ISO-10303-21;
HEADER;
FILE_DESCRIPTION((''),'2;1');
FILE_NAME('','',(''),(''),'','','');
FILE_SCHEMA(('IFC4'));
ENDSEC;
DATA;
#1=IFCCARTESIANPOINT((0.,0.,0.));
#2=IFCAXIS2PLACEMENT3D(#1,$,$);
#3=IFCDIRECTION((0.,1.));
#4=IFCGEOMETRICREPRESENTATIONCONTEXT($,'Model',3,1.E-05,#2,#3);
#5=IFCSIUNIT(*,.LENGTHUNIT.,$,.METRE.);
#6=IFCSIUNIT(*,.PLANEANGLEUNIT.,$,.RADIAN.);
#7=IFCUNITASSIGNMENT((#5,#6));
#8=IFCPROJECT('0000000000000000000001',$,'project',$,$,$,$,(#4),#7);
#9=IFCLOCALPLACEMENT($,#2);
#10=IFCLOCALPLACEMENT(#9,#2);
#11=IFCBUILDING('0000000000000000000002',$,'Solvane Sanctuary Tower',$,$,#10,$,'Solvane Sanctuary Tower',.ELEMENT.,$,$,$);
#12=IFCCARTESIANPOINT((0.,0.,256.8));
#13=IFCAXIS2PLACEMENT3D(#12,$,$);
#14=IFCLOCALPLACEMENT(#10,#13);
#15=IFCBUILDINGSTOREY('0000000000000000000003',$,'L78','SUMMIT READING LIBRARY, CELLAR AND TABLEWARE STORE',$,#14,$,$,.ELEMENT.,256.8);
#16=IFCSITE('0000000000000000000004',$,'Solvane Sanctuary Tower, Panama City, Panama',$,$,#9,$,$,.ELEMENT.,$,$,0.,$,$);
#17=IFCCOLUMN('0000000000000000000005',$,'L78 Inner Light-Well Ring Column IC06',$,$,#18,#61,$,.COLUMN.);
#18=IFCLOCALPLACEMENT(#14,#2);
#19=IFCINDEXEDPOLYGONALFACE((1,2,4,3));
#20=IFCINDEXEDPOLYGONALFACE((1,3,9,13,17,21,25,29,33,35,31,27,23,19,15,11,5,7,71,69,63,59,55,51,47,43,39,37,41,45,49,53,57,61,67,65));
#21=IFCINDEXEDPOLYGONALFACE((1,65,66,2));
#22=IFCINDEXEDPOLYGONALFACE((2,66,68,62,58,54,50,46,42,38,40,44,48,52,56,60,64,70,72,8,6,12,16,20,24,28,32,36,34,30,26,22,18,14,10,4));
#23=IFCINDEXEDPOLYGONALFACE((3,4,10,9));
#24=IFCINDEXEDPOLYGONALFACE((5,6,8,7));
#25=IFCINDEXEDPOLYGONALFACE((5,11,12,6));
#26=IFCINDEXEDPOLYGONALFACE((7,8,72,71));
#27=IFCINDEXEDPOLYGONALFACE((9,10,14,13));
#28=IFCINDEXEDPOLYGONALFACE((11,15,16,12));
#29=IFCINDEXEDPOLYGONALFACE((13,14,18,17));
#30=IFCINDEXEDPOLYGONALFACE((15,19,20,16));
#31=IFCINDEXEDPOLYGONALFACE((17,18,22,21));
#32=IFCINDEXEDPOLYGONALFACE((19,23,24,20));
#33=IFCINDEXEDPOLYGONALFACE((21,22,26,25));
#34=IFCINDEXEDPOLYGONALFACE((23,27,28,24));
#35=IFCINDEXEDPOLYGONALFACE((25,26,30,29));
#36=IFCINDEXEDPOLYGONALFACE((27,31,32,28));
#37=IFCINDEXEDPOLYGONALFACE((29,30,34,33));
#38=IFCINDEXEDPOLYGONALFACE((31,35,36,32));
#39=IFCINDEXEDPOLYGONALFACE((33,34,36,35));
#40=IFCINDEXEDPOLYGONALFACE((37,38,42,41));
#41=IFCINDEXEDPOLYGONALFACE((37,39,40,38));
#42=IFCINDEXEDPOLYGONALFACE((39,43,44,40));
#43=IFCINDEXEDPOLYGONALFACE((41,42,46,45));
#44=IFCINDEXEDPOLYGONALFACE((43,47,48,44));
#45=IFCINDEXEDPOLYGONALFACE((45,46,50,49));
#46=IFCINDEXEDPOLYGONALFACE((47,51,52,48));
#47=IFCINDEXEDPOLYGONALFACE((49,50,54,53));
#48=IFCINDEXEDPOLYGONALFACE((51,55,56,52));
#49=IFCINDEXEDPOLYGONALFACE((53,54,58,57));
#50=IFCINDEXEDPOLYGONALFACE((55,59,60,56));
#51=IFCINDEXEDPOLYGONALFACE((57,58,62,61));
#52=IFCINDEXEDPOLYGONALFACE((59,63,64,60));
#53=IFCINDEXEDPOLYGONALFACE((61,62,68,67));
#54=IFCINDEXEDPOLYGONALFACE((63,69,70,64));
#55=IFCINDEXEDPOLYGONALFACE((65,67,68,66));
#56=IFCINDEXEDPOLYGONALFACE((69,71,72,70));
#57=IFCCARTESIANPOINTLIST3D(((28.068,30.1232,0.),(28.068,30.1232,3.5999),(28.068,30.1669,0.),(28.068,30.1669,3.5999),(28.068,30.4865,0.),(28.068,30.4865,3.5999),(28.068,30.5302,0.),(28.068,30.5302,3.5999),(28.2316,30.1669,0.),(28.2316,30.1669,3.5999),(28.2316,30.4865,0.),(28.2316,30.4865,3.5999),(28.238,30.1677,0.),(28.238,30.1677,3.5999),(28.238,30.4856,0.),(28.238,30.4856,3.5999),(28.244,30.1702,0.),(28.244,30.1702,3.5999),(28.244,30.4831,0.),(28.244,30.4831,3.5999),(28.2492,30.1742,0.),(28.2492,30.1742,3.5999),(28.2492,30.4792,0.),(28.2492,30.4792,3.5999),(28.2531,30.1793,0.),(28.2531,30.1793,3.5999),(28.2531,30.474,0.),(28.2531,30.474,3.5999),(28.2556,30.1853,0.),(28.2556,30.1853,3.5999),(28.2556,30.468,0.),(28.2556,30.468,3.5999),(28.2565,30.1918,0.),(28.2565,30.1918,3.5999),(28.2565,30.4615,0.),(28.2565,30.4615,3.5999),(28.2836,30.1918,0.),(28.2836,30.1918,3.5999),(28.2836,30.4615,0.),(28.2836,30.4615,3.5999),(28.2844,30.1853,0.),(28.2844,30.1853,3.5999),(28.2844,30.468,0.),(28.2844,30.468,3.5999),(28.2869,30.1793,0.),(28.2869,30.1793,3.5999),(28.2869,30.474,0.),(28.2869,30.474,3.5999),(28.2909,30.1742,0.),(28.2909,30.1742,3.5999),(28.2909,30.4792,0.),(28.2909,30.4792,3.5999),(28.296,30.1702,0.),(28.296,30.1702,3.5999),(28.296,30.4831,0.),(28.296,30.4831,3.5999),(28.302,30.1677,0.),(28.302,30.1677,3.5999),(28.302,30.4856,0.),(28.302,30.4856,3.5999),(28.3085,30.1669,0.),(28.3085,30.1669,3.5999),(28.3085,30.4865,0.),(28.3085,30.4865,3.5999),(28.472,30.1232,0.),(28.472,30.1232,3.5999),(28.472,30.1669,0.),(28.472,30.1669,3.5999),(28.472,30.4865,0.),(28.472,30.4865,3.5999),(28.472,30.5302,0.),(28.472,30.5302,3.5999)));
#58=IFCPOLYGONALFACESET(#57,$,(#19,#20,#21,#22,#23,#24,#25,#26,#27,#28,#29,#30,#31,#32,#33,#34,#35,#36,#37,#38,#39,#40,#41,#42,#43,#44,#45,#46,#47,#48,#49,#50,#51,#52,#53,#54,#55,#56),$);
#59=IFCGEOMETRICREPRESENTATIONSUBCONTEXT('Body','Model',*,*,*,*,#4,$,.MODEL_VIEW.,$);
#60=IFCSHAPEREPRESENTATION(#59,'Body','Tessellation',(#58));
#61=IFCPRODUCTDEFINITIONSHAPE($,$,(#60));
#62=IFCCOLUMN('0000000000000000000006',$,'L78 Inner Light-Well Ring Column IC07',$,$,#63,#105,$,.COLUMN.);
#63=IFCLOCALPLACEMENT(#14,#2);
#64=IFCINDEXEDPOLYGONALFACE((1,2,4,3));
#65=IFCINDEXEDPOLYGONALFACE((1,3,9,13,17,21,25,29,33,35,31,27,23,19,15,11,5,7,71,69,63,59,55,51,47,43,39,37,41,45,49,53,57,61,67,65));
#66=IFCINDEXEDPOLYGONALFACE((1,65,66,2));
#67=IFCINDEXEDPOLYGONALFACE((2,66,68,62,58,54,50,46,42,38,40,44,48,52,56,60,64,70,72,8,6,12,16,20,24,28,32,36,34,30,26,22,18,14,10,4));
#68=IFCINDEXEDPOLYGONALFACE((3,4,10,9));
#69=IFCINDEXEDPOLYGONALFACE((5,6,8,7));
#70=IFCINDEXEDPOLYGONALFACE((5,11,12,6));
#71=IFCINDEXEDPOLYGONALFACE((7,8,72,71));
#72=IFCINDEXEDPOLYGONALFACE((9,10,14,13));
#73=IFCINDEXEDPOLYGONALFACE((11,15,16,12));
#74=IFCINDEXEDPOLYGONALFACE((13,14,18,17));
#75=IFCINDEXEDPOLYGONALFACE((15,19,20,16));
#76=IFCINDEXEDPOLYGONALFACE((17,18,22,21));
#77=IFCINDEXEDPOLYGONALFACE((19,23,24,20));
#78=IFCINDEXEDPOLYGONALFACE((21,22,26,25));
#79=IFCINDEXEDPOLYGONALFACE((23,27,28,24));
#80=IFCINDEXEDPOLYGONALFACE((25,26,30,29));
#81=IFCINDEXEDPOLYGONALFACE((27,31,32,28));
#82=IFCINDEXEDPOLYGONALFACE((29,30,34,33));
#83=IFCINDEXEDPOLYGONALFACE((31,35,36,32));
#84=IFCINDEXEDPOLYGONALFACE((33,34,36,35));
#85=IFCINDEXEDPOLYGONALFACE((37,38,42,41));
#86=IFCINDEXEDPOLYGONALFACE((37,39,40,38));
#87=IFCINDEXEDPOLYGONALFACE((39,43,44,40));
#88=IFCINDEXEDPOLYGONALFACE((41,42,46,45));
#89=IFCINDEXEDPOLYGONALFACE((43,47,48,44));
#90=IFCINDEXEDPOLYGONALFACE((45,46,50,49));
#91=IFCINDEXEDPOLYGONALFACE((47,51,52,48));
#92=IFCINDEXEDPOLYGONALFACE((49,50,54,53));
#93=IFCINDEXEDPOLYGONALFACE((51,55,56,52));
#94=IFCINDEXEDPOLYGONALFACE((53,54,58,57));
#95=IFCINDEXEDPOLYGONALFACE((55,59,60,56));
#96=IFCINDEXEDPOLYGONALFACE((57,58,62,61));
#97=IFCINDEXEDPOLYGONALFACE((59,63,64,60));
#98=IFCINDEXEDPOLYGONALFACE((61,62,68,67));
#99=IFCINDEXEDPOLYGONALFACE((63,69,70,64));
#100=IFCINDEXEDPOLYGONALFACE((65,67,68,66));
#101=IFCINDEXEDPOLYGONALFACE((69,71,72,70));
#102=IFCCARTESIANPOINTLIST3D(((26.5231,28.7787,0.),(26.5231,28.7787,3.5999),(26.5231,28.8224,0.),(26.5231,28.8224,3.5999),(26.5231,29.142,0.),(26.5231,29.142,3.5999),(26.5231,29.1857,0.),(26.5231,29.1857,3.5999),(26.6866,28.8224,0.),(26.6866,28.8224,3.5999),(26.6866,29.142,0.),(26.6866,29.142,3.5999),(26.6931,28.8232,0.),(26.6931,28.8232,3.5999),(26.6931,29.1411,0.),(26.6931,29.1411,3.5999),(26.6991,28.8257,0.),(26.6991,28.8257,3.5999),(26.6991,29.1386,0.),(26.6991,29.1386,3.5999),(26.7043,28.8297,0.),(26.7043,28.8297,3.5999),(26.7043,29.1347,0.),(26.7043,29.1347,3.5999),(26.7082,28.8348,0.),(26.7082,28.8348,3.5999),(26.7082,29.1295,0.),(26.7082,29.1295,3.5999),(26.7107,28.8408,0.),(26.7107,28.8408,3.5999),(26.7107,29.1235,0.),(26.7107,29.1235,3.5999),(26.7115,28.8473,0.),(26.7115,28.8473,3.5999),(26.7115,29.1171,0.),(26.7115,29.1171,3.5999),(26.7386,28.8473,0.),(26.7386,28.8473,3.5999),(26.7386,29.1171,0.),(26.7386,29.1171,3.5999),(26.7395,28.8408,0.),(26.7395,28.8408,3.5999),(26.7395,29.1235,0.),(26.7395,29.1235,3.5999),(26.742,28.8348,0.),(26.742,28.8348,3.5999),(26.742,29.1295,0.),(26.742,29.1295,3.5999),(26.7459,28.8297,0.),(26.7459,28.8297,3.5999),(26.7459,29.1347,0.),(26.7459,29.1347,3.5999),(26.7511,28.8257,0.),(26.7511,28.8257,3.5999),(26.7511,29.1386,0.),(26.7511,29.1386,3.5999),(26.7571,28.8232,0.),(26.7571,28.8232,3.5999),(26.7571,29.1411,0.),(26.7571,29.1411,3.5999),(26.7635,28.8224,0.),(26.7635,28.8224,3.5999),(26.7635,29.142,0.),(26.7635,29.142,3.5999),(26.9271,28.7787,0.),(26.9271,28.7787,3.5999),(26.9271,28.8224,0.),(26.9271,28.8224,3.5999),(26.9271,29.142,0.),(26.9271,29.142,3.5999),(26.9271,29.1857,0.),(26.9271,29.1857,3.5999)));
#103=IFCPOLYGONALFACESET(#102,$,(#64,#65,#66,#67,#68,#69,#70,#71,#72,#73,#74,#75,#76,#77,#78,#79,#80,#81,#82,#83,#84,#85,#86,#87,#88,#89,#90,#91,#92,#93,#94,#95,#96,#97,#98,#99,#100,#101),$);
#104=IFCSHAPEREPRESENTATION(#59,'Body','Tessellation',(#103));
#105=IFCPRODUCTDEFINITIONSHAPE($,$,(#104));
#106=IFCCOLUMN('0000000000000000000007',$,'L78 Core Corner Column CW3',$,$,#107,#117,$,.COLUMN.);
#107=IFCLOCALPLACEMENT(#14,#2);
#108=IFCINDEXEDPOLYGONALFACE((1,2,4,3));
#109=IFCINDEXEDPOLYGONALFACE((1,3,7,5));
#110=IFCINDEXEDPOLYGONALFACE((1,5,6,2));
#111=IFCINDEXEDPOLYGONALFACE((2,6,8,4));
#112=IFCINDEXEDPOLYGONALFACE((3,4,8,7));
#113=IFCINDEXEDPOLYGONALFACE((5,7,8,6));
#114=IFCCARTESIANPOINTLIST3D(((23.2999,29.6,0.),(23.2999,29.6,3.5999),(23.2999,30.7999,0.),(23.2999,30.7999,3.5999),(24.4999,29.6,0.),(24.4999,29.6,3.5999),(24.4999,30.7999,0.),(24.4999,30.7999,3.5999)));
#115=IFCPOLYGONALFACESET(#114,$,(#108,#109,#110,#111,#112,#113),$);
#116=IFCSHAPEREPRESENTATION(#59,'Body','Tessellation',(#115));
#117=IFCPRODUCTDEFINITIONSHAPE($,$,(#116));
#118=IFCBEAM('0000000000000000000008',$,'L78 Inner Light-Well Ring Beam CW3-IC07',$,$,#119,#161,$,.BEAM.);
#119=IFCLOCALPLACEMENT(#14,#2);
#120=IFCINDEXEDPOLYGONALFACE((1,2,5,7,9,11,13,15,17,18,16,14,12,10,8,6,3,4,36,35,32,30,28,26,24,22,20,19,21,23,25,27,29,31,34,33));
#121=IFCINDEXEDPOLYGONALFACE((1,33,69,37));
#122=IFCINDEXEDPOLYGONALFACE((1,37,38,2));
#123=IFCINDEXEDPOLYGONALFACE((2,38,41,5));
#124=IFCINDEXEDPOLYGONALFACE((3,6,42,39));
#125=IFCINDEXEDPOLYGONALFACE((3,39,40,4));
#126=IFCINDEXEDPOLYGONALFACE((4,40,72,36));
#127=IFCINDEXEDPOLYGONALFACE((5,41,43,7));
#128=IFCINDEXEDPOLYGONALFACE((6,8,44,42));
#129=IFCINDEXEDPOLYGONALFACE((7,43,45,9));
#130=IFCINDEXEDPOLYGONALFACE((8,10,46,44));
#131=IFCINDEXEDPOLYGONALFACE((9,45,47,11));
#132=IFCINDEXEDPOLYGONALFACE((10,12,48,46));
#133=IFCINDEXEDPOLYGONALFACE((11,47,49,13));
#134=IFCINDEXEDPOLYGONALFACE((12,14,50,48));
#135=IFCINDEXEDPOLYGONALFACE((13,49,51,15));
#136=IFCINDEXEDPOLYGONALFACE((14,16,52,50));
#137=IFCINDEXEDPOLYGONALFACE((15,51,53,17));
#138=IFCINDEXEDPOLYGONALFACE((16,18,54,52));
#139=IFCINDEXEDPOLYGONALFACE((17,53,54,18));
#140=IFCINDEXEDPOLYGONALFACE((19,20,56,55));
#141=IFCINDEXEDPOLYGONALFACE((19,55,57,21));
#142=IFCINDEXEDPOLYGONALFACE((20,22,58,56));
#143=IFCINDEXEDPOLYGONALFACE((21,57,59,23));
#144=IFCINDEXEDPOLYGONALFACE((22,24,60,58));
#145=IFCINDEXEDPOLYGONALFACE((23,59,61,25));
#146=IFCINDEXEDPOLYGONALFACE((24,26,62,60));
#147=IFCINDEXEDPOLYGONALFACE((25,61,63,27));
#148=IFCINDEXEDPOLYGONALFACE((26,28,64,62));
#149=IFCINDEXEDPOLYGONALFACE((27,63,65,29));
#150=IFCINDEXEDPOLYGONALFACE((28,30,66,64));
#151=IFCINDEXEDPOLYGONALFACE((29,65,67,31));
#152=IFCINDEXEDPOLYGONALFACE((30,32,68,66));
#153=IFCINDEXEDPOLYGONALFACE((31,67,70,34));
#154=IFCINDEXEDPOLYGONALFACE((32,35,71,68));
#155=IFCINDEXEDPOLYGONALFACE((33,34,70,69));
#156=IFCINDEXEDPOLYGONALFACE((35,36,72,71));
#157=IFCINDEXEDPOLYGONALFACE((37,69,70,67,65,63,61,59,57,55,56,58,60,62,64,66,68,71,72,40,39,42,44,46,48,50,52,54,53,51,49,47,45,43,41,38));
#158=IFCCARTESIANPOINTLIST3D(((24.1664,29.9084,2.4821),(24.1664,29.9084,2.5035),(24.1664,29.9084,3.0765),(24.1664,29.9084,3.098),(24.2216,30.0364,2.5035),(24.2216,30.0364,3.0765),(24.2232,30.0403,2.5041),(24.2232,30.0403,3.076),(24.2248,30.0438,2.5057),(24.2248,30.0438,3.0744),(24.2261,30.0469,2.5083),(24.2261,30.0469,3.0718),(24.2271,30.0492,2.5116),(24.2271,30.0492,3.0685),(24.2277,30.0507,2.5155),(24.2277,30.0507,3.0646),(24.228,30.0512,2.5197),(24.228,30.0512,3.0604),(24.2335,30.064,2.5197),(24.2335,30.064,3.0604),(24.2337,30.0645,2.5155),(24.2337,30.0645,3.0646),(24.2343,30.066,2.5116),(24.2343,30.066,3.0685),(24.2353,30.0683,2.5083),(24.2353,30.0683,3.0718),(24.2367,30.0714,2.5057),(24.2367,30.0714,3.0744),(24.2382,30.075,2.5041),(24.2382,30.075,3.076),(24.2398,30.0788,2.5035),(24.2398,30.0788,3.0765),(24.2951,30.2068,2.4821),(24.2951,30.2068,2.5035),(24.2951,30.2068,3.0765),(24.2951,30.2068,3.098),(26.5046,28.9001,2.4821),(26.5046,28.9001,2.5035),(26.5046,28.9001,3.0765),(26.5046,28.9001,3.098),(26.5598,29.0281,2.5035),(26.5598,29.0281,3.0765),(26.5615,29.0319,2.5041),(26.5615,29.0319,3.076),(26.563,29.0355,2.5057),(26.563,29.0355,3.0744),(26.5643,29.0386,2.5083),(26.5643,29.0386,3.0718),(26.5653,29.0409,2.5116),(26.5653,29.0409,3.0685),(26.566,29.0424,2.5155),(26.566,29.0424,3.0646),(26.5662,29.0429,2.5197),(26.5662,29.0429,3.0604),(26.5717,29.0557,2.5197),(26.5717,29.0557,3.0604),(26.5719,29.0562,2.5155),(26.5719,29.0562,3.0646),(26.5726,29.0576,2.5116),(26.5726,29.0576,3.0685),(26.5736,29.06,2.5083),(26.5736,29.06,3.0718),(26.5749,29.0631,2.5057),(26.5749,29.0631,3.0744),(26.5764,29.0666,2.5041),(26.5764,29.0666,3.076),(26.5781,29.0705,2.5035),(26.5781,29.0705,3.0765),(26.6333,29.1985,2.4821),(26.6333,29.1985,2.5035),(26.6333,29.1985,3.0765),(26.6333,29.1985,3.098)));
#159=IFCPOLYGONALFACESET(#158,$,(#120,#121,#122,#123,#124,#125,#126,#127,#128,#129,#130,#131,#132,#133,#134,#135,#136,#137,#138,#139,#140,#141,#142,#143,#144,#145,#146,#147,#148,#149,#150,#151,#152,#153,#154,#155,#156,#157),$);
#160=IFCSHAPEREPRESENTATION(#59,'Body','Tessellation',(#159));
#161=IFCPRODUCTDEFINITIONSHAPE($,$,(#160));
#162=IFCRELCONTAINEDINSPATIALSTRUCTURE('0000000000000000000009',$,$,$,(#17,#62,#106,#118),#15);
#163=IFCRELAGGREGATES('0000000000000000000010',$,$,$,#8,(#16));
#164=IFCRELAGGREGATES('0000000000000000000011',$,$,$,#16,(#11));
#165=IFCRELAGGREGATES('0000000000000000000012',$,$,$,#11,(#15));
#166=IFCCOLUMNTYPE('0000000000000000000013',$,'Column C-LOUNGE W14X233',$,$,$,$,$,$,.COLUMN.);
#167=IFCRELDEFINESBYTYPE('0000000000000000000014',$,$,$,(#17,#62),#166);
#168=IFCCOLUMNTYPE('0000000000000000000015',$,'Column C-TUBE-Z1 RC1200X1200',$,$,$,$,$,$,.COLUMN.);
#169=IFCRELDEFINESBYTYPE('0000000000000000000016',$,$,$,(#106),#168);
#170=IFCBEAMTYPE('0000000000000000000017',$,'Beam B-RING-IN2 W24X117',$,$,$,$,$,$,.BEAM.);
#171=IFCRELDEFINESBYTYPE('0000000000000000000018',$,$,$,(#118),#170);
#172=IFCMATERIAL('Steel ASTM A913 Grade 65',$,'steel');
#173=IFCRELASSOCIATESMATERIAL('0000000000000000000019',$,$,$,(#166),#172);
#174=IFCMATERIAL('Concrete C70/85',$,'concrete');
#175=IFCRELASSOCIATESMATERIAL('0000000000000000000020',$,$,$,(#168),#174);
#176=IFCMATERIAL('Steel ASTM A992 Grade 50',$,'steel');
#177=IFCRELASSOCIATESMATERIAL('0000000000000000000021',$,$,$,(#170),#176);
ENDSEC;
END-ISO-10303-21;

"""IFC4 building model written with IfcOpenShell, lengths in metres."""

from ifc_helpers import new_model, si_unit, direction, frame, origin, origin_2d, place, context, subcontext, project, spatial, rectangle, i_section, extrude, material, material_profile, profile_set, type_object, element, save


model = new_model("IFC4")

# Units and contexts
model_context = context("Model", 3, precision=1e-05, world=origin(), true_north=direction((0.0, 1.0)))
body_context = subcontext(model_context, "Body", "Model", "MODEL_VIEW")
ifc_project = project(units=[si_unit("LENGTHUNIT", "METRE"), si_unit("PLANEANGLEUNIT", "RADIAN")], contexts=[model_context])

# Site, building, storey
site_placement = place(None, origin())
site = spatial("IfcSite", under=ifc_project, at=site_placement, Name="Solvane Sanctuary Tower, Panama City, Panama", CompositionType="ELEMENT", RefElevation=0.0)
building_placement = place(site_placement, origin())
building = spatial("IfcBuilding", under=site, at=building_placement, Name="Solvane Sanctuary Tower", LongName="Solvane Sanctuary Tower", CompositionType="ELEMENT")
storey_placement = place(building_placement, frame((0.0, 0.0, 256.8)))
storey = spatial("IfcBuildingStorey", under=building, at=storey_placement, Name="L78", Description="SUMMIT READING LIBRARY, CELLAR AND TABLEWARE STORE", CompositionType="ELEMENT", Elevation=256.8)

# Columns
ifc_material_1 = material(Name="Steel ASTM A913 Grade 65", Category="steel")
ifc_material_profile_1 = material_profile(ifc_material_1, i_section(OverallWidth=0.4041, OverallDepth=0.407, WebThickness=0.0271, FlangeThickness=0.0437, FilletRadius=0.0249, at=origin_2d()), Name="W14X233")
ifc_profile_set_1 = profile_set([ifc_material_profile_1], Name="Steel ASTM A913 Grade 65")
column_type_1 = type_object("IfcColumnType", Name="Column C-LOUNGE W14X233", PredefinedType="COLUMN", material=ifc_profile_set_1)
for number, where, z_axis, x_axis, name in (
    (1, (28.27, 30.3267, 0.0), (0.0, 0.0, 1.0), (1.0, 0.0, 0.0), "L78 Inner Light-Well Ring Column IC06"),
    (2, (26.7251, 28.9822, 0.0), (0.0, 0.0, 1.0), (1.0, 0.0, 0.0), "L78 Inner Light-Well Ring Column IC07"),
):
    element("IfcColumn", number, at=place(storey_placement, frame(where, z_axis=z_axis, x_axis=x_axis)), inside=storey, type_object=column_type_1, Name=name, PredefinedType="COLUMN", context=body_context, shape_type="SweptSolid", body=[
        extrude(i_section(OverallWidth=0.4041, OverallDepth=0.407, WebThickness=0.0271, FlangeThickness=0.0437, FilletRadius=0.0249, at=origin_2d()), origin(), (0.0, 0.0, 1.0), 3.5999),
    ])
ifc_material_2 = material(Name="Concrete C70/85", Category="concrete")
ifc_material_profile_2 = material_profile(ifc_material_2, rectangle(XDim=1.2, YDim=1.2, at=origin_2d()), Name="RC1200X1200")
ifc_profile_set_2 = profile_set([ifc_material_profile_2], Name="Concrete C70/85")
column_type_2 = type_object("IfcColumnType", Name="Column C-TUBE-Z1 RC1200X1200", PredefinedType="COLUMN", material=ifc_profile_set_2)
column_placement = place(storey_placement, frame((23.8999, 30.2, 0.0), z_axis=(0.0, 0.0, 1.0), x_axis=(1.0, 0.0, 0.0)))
element("IfcColumn", 3, at=column_placement, inside=storey, type_object=column_type_2, Name="L78 Core Corner Column CW3", PredefinedType="COLUMN", context=body_context, shape_type="SweptSolid", body=[
    extrude(rectangle(XDim=1.2, YDim=1.2, at=origin_2d()), origin(), (0.0, 0.0, 1.0), 3.5999),
])

# Beam
ifc_material_3 = material(Name="Steel ASTM A992 Grade 50", Category="steel")
ifc_material_profile_3 = material_profile(ifc_material_3, i_section(OverallWidth=0.325, OverallDepth=0.616, WebThickness=0.0139, FlangeThickness=0.0215, FilletRadius=0.0161, at=origin_2d()), Name="W24X117")
ifc_profile_set_3 = profile_set([ifc_material_profile_3], Name="Steel ASTM A992 Grade 50")
beam_type_1 = type_object("IfcBeamType", Name="Beam B-RING-IN2 W24X117", PredefinedType="BEAM", material=ifc_profile_set_3)
beam_1_placement = place(storey_placement, frame((24.2307, 30.0576, 2.79), z_axis=(0.918255, -0.39599, 0.0), x_axis=(0.39599, 0.918255, 0.0)))
element("IfcBeam", 4, at=beam_1_placement, inside=storey, type_object=beam_type_1, Name="L78 Inner Light-Well Ring Beam CW3-IC07", PredefinedType="BEAM", context=body_context, shape_type="SweptSolid", body=[
    extrude(i_section(OverallWidth=0.325, OverallDepth=0.616, WebThickness=0.0139, FlangeThickness=0.0215, FilletRadius=0.0161, at=origin_2d()), origin(), (0.0, 0.0, 1.0), 2.5464),
])

save(model, "model.ifc")
